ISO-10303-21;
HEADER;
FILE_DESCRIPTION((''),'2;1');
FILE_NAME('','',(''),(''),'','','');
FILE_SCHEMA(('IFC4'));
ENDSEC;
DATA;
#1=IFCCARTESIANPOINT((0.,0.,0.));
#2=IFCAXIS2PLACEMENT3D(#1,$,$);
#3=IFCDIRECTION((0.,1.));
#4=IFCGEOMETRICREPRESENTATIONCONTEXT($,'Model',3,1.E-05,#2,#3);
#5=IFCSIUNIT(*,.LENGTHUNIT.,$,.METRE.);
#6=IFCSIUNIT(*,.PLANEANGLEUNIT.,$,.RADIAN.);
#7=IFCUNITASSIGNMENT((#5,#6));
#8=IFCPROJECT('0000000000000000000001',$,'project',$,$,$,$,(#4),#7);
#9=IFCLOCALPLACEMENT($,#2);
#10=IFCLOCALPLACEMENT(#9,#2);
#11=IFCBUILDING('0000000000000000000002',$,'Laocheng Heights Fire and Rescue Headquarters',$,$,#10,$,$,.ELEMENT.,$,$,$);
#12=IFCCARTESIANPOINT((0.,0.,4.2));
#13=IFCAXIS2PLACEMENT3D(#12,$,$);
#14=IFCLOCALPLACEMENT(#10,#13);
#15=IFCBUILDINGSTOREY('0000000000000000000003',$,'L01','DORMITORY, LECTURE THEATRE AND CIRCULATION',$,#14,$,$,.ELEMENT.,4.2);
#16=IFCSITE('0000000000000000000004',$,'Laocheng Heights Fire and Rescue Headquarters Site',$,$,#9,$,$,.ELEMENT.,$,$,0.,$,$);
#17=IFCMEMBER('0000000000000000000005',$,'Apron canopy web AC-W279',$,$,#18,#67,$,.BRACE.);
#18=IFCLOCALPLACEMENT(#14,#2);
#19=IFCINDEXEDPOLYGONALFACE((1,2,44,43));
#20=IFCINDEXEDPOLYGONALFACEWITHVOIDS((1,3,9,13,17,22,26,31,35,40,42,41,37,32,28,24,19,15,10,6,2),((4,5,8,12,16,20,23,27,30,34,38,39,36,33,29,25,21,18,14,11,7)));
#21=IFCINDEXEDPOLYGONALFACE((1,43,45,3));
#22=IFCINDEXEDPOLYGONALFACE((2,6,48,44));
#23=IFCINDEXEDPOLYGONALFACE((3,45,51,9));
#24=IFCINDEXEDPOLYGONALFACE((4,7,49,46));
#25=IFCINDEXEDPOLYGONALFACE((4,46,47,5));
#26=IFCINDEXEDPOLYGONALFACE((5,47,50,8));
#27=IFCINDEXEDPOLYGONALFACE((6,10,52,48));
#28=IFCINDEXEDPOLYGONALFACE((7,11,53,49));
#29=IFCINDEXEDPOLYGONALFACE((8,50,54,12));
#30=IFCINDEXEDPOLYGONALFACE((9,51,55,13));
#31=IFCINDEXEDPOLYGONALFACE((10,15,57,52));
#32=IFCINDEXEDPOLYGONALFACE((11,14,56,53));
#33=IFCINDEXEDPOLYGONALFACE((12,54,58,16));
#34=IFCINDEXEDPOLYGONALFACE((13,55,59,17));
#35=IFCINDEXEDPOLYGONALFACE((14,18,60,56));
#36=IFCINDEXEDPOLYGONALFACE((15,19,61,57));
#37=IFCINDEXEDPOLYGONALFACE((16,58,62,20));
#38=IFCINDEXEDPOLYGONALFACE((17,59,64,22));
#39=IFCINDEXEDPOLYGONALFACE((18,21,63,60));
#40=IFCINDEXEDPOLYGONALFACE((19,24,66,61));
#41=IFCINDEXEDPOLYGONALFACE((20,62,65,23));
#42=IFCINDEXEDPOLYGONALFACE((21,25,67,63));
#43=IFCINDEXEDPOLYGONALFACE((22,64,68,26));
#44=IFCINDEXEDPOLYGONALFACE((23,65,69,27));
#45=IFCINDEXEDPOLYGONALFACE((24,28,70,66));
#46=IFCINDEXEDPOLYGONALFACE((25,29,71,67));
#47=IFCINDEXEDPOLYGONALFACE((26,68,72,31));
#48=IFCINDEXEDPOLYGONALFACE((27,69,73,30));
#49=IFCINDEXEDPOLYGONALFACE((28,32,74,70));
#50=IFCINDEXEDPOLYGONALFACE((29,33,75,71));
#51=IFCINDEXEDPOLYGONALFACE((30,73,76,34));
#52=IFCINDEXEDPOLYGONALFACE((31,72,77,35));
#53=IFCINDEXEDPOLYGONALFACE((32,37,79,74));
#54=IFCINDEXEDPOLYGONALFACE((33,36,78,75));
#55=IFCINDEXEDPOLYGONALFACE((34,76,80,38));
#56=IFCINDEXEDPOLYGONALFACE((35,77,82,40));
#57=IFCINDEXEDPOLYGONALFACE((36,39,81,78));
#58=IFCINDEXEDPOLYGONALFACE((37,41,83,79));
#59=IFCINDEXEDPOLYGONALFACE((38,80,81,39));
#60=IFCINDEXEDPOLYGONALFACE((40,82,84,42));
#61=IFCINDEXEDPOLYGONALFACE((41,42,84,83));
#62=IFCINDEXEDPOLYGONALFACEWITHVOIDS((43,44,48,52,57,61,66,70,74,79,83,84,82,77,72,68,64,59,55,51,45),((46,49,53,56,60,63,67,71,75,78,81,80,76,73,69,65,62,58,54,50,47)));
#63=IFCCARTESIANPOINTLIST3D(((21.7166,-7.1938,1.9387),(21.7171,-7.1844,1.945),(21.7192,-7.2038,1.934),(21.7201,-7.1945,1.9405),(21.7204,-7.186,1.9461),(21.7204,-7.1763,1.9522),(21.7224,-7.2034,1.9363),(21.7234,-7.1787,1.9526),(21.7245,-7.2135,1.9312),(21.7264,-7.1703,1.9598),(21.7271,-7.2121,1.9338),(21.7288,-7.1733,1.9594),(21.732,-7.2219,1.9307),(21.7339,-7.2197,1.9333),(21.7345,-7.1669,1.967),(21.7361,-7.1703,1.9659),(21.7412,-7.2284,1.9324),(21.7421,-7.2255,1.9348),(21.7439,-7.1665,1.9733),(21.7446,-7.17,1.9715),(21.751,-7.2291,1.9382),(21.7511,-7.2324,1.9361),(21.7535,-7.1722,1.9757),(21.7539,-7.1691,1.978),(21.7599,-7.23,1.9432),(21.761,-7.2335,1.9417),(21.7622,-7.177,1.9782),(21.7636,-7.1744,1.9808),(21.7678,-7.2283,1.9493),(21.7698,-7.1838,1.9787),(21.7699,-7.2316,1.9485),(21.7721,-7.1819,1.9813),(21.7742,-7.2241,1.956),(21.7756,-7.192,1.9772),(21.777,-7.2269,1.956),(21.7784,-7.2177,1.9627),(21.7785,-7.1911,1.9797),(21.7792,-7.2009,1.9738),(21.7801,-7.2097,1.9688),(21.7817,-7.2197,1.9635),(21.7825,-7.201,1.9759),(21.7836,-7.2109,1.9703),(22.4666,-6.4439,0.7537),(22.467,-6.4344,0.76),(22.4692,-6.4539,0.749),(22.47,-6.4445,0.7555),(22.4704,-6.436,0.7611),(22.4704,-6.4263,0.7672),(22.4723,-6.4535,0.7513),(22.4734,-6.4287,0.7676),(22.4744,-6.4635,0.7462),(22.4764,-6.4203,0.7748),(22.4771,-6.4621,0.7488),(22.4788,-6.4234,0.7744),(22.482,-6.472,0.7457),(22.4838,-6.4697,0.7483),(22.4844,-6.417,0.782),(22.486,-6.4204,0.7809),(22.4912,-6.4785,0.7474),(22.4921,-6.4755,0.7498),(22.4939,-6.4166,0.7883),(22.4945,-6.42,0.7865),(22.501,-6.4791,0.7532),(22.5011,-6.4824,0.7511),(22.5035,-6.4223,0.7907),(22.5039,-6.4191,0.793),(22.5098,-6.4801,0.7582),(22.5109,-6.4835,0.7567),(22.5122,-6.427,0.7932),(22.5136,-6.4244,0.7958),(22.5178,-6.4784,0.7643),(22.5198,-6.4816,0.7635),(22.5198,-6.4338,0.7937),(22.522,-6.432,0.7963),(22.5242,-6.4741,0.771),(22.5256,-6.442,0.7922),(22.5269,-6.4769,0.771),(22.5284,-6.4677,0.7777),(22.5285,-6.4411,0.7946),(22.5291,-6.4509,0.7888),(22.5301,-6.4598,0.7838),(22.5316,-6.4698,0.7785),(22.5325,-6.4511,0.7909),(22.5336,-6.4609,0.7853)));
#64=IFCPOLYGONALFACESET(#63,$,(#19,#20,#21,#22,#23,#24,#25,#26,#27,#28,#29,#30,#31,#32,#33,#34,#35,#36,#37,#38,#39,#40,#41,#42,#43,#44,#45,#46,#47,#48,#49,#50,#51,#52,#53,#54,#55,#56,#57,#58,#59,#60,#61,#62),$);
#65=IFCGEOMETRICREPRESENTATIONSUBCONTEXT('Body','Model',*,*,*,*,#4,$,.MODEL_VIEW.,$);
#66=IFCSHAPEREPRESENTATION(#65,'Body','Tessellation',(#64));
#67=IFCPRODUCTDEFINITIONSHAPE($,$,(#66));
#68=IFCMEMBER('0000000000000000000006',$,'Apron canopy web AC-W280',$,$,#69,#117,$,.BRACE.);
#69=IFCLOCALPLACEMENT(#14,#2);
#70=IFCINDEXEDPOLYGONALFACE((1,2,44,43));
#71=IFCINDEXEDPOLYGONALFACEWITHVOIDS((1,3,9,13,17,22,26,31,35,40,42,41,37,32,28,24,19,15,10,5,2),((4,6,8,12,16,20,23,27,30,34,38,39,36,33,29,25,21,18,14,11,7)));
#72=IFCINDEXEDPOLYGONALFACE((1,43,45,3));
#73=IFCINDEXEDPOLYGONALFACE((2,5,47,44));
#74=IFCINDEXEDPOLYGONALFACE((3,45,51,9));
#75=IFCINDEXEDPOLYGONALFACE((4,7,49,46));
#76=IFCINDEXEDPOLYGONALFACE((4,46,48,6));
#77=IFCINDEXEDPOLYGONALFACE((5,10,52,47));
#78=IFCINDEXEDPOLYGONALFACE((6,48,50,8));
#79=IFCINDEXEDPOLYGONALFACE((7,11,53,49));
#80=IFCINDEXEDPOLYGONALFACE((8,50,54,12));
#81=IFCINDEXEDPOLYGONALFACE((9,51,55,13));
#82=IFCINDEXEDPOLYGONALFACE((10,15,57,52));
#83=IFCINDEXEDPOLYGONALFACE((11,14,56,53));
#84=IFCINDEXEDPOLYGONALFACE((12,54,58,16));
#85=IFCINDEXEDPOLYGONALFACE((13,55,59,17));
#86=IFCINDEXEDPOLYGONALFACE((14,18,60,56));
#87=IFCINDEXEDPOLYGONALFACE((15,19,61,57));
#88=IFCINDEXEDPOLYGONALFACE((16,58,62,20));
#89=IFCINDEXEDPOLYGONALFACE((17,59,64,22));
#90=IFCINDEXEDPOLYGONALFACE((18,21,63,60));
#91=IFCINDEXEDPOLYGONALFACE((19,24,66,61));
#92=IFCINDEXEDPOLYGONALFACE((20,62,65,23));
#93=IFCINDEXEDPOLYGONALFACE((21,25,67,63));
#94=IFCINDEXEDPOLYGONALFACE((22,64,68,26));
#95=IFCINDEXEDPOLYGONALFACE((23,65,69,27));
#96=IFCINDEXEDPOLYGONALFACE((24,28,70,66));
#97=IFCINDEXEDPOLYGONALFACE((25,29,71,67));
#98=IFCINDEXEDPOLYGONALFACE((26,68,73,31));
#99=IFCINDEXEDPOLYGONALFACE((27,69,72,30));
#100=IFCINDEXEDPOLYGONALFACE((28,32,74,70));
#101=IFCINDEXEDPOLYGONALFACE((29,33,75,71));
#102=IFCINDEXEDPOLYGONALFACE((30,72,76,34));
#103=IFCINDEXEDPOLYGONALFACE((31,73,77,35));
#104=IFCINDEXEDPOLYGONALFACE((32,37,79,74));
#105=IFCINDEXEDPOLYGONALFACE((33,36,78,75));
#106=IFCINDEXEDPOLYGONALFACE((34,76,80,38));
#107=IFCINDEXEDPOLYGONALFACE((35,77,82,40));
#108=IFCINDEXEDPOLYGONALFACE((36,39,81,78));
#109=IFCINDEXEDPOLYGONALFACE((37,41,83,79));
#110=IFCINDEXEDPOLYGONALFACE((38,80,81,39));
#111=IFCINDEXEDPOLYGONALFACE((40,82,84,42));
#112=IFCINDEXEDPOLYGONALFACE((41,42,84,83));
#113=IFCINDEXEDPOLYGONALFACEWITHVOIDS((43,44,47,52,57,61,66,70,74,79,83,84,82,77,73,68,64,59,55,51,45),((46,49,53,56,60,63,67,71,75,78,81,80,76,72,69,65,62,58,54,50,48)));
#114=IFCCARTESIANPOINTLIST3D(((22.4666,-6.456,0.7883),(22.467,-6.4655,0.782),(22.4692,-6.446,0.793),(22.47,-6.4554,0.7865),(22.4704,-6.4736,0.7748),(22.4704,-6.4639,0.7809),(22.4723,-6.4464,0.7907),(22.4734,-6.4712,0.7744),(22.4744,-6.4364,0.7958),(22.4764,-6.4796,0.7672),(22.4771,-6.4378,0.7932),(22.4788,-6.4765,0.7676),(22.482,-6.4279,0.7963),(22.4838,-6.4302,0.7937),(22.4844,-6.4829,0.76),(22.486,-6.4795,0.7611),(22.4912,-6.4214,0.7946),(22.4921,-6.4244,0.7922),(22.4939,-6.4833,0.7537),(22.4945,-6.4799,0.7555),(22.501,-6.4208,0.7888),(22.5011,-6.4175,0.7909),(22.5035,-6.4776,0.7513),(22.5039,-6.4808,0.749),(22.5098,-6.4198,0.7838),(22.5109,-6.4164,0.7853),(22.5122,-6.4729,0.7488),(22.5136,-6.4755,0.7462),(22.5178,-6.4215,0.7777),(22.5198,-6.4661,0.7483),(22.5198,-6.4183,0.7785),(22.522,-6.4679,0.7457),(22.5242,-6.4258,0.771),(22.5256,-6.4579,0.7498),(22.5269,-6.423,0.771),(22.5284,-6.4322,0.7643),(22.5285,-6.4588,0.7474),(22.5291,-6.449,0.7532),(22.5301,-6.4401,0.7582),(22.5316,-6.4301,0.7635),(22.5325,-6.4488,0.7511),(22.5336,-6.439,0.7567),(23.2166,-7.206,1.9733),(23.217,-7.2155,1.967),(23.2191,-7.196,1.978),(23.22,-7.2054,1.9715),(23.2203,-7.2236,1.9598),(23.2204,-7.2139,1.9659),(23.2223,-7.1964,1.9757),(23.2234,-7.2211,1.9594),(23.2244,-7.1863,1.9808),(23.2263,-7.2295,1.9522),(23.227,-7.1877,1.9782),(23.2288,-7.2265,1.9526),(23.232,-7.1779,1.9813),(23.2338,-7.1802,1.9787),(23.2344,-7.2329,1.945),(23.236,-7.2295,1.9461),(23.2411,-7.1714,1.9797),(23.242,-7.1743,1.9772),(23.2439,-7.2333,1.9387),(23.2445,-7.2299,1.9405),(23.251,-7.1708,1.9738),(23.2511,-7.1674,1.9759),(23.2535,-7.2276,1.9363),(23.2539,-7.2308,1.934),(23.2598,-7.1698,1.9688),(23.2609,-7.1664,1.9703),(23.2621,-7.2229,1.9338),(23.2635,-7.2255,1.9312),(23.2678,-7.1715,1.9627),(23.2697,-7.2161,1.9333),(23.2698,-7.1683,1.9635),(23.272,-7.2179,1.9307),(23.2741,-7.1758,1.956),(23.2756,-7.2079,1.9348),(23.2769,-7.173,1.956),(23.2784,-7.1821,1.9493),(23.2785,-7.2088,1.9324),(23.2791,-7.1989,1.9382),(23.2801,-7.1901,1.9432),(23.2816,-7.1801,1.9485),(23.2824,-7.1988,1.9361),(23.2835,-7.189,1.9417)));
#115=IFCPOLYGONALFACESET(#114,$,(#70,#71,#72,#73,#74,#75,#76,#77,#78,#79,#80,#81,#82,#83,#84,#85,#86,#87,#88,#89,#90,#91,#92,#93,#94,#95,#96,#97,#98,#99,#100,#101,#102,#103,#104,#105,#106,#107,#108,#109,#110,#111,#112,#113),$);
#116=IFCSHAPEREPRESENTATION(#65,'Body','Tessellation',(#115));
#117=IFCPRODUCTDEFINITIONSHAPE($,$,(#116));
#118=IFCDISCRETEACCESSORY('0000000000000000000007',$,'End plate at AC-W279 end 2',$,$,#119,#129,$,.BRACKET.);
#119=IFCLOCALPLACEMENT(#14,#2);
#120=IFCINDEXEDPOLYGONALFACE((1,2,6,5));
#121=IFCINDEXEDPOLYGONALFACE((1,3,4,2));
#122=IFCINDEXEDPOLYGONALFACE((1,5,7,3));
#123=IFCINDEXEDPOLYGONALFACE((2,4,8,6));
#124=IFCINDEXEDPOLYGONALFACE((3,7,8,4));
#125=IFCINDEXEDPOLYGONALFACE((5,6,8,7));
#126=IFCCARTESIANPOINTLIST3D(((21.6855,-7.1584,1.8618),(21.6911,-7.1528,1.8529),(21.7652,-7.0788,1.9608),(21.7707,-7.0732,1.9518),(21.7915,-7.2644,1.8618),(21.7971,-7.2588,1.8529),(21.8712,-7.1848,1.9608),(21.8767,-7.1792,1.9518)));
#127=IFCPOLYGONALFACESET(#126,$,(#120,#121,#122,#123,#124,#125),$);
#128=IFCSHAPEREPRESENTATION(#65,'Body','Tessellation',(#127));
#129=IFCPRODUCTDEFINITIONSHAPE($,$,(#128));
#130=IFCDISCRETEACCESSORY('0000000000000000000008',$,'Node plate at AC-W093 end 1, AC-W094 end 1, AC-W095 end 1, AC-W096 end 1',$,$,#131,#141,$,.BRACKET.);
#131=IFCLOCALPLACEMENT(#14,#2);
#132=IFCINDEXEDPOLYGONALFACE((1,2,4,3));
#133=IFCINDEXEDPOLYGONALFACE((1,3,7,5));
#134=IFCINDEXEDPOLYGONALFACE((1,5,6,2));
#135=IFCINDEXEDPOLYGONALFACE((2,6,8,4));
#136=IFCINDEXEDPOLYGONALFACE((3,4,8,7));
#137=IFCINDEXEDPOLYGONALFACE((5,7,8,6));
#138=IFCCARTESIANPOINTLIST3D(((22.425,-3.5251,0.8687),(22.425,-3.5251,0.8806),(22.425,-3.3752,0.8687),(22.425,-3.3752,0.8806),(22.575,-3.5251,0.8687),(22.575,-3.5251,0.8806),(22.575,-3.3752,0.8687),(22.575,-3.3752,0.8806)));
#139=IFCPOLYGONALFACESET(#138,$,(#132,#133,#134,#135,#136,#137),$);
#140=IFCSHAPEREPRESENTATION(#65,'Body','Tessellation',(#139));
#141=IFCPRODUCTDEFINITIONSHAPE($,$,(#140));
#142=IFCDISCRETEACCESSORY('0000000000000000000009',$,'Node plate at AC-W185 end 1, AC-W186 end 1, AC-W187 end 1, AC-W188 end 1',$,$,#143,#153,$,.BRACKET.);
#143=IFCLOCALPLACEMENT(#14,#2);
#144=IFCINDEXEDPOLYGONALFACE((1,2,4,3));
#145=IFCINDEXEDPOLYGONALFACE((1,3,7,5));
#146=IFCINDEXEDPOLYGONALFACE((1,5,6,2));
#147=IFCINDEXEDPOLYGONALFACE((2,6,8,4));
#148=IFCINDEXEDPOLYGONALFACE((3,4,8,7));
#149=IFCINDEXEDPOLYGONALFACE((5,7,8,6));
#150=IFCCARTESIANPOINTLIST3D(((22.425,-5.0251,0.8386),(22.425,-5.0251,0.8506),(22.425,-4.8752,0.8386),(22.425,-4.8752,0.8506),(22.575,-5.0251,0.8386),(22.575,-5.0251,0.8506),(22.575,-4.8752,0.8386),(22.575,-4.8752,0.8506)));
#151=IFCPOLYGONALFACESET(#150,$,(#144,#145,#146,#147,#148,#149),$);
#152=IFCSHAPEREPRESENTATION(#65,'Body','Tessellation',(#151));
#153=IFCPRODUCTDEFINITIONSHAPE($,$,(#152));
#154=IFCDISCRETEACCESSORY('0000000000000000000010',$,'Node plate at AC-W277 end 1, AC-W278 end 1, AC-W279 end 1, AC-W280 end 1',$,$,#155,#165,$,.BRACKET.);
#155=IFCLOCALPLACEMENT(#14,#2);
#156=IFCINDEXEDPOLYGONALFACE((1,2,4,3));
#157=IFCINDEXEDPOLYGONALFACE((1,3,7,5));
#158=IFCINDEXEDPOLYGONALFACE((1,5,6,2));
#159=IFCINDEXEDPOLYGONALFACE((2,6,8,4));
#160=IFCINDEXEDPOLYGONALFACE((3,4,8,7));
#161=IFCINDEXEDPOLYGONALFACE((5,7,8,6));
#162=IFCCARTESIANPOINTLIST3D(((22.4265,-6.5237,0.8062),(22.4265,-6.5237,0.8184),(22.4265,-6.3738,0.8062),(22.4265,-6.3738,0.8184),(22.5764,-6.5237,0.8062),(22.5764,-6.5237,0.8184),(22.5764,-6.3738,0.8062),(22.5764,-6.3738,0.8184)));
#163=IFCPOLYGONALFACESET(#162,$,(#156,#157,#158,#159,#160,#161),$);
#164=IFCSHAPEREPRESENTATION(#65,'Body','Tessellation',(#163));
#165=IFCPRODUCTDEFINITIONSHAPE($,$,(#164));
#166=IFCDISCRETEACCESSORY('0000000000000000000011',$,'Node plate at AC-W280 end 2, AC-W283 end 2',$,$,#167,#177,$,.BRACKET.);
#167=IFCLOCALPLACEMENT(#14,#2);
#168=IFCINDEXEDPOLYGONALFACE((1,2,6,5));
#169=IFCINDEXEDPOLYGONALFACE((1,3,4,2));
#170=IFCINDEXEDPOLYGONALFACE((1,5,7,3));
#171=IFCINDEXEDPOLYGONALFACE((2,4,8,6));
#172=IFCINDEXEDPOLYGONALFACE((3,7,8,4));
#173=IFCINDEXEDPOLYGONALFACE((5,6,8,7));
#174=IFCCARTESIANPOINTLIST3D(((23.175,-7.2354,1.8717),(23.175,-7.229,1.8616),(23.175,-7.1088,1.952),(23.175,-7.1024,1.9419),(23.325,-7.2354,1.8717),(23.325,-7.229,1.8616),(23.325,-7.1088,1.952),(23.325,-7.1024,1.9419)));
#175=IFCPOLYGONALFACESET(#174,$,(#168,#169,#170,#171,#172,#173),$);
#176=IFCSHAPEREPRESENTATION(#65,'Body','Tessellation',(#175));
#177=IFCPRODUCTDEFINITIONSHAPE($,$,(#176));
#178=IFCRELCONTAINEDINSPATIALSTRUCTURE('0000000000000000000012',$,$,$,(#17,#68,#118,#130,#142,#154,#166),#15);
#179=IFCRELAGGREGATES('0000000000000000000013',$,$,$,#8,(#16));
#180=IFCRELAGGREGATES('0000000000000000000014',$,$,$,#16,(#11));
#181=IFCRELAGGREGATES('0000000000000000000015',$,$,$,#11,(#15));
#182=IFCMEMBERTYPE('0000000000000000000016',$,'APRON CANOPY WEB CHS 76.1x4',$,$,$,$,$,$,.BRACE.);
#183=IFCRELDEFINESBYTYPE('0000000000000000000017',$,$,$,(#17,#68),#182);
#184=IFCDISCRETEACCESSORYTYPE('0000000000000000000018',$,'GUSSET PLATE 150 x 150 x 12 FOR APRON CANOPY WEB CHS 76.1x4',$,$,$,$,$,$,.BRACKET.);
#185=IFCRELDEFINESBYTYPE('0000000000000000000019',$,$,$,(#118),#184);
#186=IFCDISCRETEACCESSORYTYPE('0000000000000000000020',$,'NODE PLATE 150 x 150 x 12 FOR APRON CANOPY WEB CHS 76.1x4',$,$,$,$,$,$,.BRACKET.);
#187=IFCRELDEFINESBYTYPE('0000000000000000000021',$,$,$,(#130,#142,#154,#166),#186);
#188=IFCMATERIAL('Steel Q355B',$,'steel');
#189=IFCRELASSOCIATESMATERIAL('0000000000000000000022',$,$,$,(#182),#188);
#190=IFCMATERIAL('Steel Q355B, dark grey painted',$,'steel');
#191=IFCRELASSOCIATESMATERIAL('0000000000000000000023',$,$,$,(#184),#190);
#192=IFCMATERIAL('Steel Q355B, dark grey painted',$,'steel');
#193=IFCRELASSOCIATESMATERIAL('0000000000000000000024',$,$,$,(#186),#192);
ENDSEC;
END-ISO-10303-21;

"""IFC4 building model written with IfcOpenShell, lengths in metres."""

from ifc_helpers import new_model, si_unit, direction, frame, origin, origin_2d, place, context, subcontext, project, spatial, rectangle, hollow_circle, extrude, material, material_profile, profile_set, type_object, element, save


model = new_model("IFC4")

# Units and contexts
model_context = context("Model", 3, precision=1e-05, world=origin(), true_north=direction((0.0, 1.0)))
body_context = subcontext(model_context, "Body", "Model", "MODEL_VIEW")
ifc_project = project(units=[si_unit("LENGTHUNIT", "METRE"), si_unit("PLANEANGLEUNIT", "RADIAN")], contexts=[model_context])

# Site, building, storey
site_placement = place(None, origin())
site = spatial("IfcSite", under=ifc_project, at=site_placement, Name="Laocheng Heights Fire and Rescue Headquarters Site", CompositionType="ELEMENT", RefElevation=0.0)
building_placement = place(site_placement, origin())
building = spatial("IfcBuilding", under=site, at=building_placement, Name="Laocheng Heights Fire and Rescue Headquarters", CompositionType="ELEMENT")
storey_placement = place(building_placement, frame((0.0, 0.0, 4.2)))
storey = spatial("IfcBuildingStorey", under=building, at=storey_placement, Name="L01", Description="DORMITORY, LECTURE THEATRE AND CIRCULATION", CompositionType="ELEMENT", Elevation=4.2)

# Members
ifc_material_1 = material(Name="Steel Q355B", Category="steel")
ifc_material_profile_1 = material_profile(ifc_material_1, hollow_circle(Radius=0.0381, WallThickness=0.0039, at=origin_2d()), Name="CHS 76.1x4")
ifc_profile_set_1 = profile_set([ifc_material_profile_1], Name="Steel Q355B")
member_type_1 = type_object("IfcMemberType", Name="APRON CANOPY WEB CHS 76.1x4", PredefinedType="BRACE", material=ifc_profile_set_1)
for number, where, z_axis, x_axis, name in (
    (1, (22.5, -6.45, 0.771), (-0.47158, -0.47158, 0.745134), (0.707107, -0.707107, 0.0), "Apron canopy web AC-W279"),
    (2, (22.5, -6.45, 0.771), (0.47158, -0.47158, 0.745134), (0.707107, 0.707107, 0.0), "Apron canopy web AC-W280"),
):
    element("IfcMember", number, at=place(storey_placement, frame(where, z_axis=z_axis, x_axis=x_axis)), inside=storey, type_object=member_type_1, Name=name, PredefinedType="BRACE", context=body_context, shape_type="SweptSolid", body=[
        extrude(hollow_circle(Radius=0.0381, WallThickness=0.0039, at=origin_2d()), origin(), (0.0, 0.0, 1.0), 1.5903),
    ])

# Discrete accessories
ifc_material_2 = material(Name="Steel Q355B, dark grey painted", Category="steel")
ifc_material_profile_2 = material_profile(ifc_material_2, rectangle(XDim=0.1499, YDim=0.1499, at=origin_2d()), Name="GUSSET PLATE 150 x 150 x 12 FOR APRON CANOPY WEB CHS 76.1x4")
ifc_profile_set_2 = profile_set([ifc_material_profile_2], Name="Steel Q355B, dark grey painted")
discrete_accessory_type_1 = type_object("IfcDiscreteAccessoryType", Name="GUSSET PLATE 150 x 150 x 12 FOR APRON CANOPY WEB CHS 76.1x4", PredefinedType="BRACKET", material=ifc_profile_set_2)
discrete_accessory_1_placement = place(storey_placement, frame((21.7839, -7.166, 1.9023), z_axis=(-0.466867, -0.466867, 0.751047), x_axis=(0.707107, -0.707107, 0.0)))
element("IfcDiscreteAccessory", 3, at=discrete_accessory_1_placement, inside=storey, type_object=discrete_accessory_type_1, Name="End plate at AC-W279 end 2", PredefinedType="BRACKET", context=body_context, shape_type="SweptSolid", body=[
    extrude(rectangle(XDim=0.1499, YDim=0.1499, at=origin_2d()), origin(), (0.0, 0.0, 1.0), 0.012),
])
ifc_material_3 = material(Name="Steel Q355B, dark grey painted", Category="steel")
ifc_material_profile_3 = material_profile(ifc_material_3, rectangle(XDim=0.1499, YDim=0.1499, at=origin_2d()), Name="NODE PLATE 150 x 150 x 12 FOR APRON CANOPY WEB CHS 76.1x4")
ifc_profile_set_3 = profile_set([ifc_material_profile_3], Name="Steel Q355B, dark grey painted")
discrete_accessory_type_2 = type_object("IfcDiscreteAccessoryType", Name="NODE PLATE 150 x 150 x 12 FOR APRON CANOPY WEB CHS 76.1x4", PredefinedType="BRACKET", material=ifc_profile_set_3)
for number, where, z_axis, x_axis, name in (
    (4, (22.5, -3.4502, 0.8687), (0.0, 0.0, 1.0), (1.0, 0.0, 0.0), "Node plate at AC-W093 end 1, AC-W094 end 1, AC-W095 end 1, AC-W096 end 1"),
    (5, (22.5, -4.9502, 0.8386), (0.0, 0.0, 1.0), (1.0, 0.0, 0.0), "Node plate at AC-W185 end 1, AC-W186 end 1, AC-W187 end 1, AC-W188 end 1"),
):
    element("IfcDiscreteAccessory", number, at=place(storey_placement, frame(where, z_axis=z_axis, x_axis=x_axis)), inside=storey, type_object=discrete_accessory_type_2, Name=name, PredefinedType="BRACKET", context=body_context, shape_type="SweptSolid", body=[
        extrude(rectangle(XDim=0.1499, YDim=0.1499, at=origin_2d()), origin(), (0.0, 0.0, 1.0), 0.012),
    ])
discrete_accessory_2_placement = place(storey_placement, frame((22.5015, -6.4487, 0.8062), z_axis=(0.0, 0.0, 1.0), x_axis=(1.0, 0.0, 0.0)))
element("IfcDiscreteAccessory", 6, at=discrete_accessory_2_placement, inside=storey, type_object=discrete_accessory_type_2, Name="Node plate at AC-W277 end 1, AC-W278 end 1, AC-W279 end 1, AC-W280 end 1", PredefinedType="BRACKET", context=body_context, shape_type="SweptSolid", body=[
    extrude(rectangle(XDim=0.1499, YDim=0.1499, at=origin_2d()), origin(), (0.0, 0.0, 1.0), 0.0122),
])
discrete_accessory_3_placement = place(storey_placement, frame((23.25, -7.1721, 1.9119), z_axis=(0.0, 0.535542, -0.844509), x_axis=(-1.0, 0.0, 0.0)))
element("IfcDiscreteAccessory", 7, at=discrete_accessory_3_placement, inside=storey, type_object=discrete_accessory_type_2, Name="Node plate at AC-W280 end 2, AC-W283 end 2", PredefinedType="BRACKET", context=body_context, shape_type="SweptSolid", body=[
    extrude(rectangle(XDim=0.1499, YDim=0.1499, at=origin_2d()), origin(), (0.0, 0.0, 1.0), 0.012),
])

save(model, "model.ifc")
